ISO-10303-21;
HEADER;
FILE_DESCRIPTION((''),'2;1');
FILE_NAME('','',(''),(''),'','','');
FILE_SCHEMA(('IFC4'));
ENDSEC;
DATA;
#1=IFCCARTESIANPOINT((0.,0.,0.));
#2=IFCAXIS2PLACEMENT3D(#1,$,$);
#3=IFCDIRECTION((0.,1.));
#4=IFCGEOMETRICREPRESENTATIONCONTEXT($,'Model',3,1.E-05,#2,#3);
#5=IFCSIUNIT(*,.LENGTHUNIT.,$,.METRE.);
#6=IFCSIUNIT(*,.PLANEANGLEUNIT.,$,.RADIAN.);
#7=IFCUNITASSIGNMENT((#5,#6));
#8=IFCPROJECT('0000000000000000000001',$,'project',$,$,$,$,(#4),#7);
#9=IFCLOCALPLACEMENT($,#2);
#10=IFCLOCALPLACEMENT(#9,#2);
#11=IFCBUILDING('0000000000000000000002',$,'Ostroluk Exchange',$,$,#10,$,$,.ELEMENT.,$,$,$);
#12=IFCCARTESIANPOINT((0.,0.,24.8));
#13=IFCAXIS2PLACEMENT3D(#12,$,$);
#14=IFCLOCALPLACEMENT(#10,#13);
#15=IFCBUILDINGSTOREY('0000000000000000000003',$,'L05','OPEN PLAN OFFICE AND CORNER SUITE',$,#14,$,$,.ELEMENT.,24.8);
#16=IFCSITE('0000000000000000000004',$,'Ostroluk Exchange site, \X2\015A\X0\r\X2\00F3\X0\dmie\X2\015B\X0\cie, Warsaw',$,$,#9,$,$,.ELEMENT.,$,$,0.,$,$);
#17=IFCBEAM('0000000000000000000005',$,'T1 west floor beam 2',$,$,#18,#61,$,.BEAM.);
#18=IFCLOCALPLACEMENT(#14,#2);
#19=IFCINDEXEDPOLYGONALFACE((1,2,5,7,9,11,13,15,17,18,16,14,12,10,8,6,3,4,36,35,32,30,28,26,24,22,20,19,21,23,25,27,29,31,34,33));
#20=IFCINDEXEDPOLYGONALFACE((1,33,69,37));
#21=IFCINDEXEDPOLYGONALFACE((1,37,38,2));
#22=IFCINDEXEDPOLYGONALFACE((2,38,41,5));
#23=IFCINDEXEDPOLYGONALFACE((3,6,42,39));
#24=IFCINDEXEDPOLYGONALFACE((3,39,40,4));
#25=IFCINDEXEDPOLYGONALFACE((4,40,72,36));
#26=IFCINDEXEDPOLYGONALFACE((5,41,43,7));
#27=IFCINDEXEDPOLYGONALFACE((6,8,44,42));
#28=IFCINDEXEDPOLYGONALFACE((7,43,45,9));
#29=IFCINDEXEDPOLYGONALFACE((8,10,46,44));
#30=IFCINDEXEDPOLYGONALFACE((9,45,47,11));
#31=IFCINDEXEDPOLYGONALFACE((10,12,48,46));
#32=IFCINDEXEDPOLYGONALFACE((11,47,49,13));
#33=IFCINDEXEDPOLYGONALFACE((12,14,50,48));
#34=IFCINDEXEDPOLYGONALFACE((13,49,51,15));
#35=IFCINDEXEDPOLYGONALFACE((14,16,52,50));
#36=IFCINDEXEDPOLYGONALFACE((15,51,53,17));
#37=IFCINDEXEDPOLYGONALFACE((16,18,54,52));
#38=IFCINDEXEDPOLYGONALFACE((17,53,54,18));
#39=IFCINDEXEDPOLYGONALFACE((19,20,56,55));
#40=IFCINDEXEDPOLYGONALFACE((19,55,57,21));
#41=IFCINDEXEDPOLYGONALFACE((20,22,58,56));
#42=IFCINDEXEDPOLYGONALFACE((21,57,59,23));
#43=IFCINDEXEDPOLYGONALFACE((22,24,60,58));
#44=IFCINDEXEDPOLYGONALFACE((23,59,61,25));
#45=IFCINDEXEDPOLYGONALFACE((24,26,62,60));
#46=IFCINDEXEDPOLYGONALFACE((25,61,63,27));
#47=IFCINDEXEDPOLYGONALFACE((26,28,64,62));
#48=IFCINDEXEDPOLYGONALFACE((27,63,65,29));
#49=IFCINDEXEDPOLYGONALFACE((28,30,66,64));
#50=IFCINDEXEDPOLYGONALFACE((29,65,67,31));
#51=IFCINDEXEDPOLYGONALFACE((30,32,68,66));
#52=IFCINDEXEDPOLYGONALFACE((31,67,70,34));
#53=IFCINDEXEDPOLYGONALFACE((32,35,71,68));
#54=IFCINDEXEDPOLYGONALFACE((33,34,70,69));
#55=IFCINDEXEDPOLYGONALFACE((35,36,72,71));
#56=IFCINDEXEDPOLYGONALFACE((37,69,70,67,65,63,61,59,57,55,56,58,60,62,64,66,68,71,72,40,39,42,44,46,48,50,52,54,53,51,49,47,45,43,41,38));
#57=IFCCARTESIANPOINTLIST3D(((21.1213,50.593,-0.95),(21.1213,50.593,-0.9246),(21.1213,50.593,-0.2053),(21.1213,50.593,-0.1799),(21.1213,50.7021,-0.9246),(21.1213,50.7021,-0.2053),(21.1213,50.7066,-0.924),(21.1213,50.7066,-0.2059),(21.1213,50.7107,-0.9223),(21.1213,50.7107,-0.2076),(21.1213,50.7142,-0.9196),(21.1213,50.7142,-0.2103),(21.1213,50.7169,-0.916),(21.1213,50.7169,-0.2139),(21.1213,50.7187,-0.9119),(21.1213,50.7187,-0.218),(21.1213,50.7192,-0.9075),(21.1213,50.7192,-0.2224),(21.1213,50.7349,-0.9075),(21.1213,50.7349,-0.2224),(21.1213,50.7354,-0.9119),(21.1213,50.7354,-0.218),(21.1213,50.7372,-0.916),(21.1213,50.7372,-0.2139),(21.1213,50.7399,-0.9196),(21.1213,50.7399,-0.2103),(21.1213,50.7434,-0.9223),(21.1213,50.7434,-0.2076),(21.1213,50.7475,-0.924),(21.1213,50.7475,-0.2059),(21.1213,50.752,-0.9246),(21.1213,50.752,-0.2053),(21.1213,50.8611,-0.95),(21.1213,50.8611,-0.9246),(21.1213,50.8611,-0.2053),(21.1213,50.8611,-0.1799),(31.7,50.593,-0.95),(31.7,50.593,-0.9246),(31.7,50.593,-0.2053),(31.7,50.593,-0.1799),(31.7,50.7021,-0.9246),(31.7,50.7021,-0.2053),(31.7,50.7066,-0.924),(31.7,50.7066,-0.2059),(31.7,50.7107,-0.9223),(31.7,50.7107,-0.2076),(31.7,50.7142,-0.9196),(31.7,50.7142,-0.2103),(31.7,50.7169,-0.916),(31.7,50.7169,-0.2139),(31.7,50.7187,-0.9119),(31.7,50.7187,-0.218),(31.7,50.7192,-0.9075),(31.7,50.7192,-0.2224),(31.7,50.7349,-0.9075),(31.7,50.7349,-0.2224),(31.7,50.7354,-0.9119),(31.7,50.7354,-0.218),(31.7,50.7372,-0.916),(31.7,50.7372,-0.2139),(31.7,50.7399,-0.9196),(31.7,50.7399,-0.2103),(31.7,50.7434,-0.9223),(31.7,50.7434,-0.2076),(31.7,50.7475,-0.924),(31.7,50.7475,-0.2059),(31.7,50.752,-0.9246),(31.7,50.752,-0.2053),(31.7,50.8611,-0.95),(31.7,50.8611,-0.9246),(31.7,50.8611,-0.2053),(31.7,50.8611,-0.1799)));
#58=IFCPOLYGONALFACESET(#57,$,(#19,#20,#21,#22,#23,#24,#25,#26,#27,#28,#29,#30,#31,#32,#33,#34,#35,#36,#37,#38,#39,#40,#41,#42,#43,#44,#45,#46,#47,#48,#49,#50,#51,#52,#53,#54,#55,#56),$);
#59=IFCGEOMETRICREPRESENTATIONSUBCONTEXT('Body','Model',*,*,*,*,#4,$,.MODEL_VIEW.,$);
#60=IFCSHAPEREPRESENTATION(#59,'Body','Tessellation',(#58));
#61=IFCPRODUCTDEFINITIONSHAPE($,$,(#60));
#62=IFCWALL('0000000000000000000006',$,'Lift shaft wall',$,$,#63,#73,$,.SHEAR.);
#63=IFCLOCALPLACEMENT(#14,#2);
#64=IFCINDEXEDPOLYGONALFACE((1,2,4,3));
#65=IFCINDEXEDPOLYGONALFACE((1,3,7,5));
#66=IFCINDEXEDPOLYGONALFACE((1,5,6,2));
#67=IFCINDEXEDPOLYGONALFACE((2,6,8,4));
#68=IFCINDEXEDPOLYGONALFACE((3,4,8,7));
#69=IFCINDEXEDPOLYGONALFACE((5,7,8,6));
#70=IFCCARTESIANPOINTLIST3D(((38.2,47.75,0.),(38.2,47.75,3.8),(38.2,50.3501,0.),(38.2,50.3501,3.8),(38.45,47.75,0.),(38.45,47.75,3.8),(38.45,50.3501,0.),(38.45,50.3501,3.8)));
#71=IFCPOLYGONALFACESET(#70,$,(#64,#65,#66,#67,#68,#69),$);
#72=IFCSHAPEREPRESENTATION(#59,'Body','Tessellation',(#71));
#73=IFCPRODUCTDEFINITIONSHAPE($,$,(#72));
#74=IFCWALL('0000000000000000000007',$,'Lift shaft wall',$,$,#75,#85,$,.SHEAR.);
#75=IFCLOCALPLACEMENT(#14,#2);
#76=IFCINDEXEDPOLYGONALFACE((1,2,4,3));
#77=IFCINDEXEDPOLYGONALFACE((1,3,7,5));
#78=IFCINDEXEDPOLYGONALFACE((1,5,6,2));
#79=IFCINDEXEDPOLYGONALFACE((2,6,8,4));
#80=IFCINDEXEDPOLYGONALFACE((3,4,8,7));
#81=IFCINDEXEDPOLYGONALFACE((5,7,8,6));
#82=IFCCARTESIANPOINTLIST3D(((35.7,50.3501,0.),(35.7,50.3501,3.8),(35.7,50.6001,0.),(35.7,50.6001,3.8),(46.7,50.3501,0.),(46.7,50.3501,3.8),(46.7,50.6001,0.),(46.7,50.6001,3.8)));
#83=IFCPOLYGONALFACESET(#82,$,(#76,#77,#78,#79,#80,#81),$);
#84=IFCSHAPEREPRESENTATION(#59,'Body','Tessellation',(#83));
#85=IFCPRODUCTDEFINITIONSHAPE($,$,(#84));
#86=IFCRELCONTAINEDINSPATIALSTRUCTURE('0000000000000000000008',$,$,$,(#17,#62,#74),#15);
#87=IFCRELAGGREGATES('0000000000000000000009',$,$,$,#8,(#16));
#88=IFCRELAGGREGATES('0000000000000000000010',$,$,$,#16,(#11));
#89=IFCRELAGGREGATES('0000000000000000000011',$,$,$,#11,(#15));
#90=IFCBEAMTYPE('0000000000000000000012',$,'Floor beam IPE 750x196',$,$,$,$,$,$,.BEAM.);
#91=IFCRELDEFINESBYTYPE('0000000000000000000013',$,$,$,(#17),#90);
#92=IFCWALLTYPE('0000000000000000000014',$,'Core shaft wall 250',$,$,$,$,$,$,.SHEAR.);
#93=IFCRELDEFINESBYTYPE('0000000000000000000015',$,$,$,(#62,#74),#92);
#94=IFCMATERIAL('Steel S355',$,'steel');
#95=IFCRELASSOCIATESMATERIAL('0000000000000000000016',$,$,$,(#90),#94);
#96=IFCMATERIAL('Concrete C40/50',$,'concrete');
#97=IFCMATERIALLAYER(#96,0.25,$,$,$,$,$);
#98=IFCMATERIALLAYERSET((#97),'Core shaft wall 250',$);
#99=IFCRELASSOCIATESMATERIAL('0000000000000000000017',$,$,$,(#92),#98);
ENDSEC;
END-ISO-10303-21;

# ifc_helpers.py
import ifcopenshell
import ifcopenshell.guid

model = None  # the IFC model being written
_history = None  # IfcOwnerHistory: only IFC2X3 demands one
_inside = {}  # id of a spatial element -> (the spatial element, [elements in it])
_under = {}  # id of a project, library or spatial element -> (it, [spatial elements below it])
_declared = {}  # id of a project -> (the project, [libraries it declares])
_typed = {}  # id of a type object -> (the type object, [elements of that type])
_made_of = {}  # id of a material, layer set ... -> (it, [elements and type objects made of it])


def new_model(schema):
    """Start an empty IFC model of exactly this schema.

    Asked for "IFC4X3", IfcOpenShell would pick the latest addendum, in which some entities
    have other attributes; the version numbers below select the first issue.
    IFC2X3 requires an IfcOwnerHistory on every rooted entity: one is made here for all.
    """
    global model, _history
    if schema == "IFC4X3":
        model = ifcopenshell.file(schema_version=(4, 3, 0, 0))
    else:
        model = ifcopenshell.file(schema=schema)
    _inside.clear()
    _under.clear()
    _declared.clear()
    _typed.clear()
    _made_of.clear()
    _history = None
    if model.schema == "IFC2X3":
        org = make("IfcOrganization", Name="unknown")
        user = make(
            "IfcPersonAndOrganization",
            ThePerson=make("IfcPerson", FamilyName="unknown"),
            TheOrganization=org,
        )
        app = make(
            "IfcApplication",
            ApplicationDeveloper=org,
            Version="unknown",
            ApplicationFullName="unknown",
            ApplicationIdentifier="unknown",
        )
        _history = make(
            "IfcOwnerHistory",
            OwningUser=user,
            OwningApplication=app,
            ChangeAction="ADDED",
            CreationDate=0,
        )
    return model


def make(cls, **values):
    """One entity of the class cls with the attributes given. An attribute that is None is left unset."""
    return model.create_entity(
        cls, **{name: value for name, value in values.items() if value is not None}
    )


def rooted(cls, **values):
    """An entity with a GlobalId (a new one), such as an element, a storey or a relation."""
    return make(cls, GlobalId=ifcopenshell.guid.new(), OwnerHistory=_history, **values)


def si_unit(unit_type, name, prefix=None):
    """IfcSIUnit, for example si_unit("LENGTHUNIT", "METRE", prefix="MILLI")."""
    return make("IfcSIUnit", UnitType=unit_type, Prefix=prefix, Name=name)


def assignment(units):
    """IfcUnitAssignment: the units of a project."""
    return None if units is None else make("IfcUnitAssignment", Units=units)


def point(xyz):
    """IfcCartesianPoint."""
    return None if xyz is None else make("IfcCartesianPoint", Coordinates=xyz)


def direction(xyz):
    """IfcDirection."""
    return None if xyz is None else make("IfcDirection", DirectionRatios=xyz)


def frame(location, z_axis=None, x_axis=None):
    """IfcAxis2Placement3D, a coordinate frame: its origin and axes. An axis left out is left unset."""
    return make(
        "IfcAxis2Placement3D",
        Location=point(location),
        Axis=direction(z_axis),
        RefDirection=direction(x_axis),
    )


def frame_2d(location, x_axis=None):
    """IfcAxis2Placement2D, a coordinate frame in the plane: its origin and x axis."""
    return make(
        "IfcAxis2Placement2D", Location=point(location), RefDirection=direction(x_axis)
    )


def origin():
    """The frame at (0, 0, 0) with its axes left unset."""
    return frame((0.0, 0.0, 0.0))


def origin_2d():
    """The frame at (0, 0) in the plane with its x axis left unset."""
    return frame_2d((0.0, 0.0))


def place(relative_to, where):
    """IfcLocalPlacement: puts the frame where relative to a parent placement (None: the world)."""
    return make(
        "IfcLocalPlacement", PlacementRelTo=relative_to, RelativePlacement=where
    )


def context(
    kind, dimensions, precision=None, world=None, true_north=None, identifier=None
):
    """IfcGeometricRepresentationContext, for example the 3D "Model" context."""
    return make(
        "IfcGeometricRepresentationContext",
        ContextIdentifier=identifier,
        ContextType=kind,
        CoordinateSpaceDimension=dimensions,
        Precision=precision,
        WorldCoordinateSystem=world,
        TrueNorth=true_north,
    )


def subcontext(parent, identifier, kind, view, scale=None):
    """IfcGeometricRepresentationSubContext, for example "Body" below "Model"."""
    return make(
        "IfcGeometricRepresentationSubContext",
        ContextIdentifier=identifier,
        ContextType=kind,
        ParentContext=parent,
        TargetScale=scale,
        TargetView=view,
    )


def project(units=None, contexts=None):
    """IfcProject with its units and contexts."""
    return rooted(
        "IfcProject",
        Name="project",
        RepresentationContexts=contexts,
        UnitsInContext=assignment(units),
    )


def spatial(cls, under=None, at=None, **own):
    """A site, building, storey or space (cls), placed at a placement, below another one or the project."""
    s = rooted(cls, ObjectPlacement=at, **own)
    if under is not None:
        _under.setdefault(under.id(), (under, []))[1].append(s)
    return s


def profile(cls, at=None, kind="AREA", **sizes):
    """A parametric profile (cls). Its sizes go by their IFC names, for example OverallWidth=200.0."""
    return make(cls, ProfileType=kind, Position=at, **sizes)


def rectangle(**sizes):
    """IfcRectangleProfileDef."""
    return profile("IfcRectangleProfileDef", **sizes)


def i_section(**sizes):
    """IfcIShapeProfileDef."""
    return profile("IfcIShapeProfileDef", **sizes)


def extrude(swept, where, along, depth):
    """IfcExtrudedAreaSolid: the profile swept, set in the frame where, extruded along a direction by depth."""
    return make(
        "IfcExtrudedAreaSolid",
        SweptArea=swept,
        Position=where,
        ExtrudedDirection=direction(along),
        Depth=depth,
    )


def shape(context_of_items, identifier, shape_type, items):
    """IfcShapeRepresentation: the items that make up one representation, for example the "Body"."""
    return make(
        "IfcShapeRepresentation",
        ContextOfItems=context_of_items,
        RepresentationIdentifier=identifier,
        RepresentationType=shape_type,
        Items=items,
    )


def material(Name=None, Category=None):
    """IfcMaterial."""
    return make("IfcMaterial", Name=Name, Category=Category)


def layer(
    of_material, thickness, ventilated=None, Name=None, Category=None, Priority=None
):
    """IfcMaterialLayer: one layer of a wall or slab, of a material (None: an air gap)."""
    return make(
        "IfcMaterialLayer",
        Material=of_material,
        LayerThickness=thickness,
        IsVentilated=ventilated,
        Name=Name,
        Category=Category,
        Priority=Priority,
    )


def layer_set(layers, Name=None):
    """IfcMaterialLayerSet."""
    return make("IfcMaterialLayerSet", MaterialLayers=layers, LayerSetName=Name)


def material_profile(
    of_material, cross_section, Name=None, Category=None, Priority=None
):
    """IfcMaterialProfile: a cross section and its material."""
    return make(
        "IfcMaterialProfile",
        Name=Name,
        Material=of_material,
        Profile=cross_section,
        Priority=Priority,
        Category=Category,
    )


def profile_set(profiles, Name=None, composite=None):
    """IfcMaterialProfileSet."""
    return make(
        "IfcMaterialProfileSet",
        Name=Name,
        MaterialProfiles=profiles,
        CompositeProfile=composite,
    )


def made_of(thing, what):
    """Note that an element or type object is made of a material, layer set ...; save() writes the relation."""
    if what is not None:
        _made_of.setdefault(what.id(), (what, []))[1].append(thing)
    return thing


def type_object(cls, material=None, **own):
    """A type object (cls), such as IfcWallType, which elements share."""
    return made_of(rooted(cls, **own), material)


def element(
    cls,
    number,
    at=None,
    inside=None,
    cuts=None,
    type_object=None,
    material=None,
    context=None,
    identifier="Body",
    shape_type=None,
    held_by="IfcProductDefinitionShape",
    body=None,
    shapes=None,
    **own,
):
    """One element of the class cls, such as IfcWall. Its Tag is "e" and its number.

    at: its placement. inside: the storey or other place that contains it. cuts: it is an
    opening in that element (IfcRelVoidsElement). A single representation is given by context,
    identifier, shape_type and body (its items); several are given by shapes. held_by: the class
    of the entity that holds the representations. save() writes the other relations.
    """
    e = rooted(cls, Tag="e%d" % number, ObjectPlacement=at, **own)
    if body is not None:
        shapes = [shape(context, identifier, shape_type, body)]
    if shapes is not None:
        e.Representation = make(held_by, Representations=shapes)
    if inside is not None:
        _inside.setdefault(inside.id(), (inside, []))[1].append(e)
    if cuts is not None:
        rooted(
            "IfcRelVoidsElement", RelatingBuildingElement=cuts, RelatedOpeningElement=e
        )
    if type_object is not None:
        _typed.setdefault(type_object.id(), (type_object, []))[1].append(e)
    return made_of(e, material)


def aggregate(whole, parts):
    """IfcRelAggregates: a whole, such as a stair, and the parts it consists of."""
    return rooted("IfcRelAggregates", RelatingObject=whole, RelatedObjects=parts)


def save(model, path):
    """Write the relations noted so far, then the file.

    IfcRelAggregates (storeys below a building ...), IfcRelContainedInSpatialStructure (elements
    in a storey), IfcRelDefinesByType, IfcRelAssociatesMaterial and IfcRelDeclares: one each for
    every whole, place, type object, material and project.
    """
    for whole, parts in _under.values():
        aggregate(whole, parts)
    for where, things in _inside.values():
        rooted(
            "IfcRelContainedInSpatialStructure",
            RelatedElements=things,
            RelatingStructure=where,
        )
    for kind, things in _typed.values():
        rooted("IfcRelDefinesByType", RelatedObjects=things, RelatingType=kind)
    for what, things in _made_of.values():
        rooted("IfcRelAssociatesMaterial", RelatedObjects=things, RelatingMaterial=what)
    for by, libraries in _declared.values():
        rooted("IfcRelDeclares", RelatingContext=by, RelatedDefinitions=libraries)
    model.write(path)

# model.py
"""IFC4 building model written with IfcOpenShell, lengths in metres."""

from ifc_helpers import new_model, si_unit, direction, frame, frame_2d, origin, origin_2d, place, context, subcontext, project, spatial, rectangle, i_section, extrude, material, layer, layer_set, material_profile, profile_set, type_object, element, save


model = new_model("IFC4")

# Units and contexts
model_context = context("Model", 3, precision=1e-05, world=origin(), true_north=direction((0.0, 1.0)))
body_context = subcontext(model_context, "Body", "Model", "MODEL_VIEW")
ifc_project = project(units=[si_unit("LENGTHUNIT", "METRE"), si_unit("PLANEANGLEUNIT", "RADIAN")], contexts=[model_context])

# Site, building, storey
site_placement = place(None, origin())
site = spatial("IfcSite", under=ifc_project, at=site_placement, Name="Ostroluk Exchange site, Śródmieście, Warsaw", CompositionType="ELEMENT", RefElevation=0.0)
building_placement = place(site_placement, origin())
building = spatial("IfcBuilding", under=site, at=building_placement, Name="Ostroluk Exchange", CompositionType="ELEMENT")
storey_placement = place(building_placement, frame((0.0, 0.0, 24.8)))
storey = spatial("IfcBuildingStorey", under=building, at=storey_placement, Name="L05", Description="OPEN PLAN OFFICE AND CORNER SUITE", CompositionType="ELEMENT", Elevation=24.8)

# Beam
ifc_material_1 = material(Name="Steel S355", Category="steel")
ifc_material_profile = material_profile(ifc_material_1, i_section(OverallWidth=0.2681, OverallDepth=0.77, WebThickness=0.0156, FlangeThickness=0.0254, FilletRadius=0.0171, at=origin_2d()), Name="IPE 750x196")
ifc_profile_set = profile_set([ifc_material_profile], Name="Steel S355")
beam_type = type_object("IfcBeamType", Name="Floor beam IPE 750x196", PredefinedType="BEAM", material=ifc_profile_set)
beam_placement = place(storey_placement, frame((31.7, 50.7271, -0.5649), z_axis=(-1.0, 0.0, 0.0), x_axis=(0.0, -1.0, 0.0)))
element("IfcBeam", 1, at=beam_placement, inside=storey, type_object=beam_type, Name="T1 west floor beam 2", PredefinedType="BEAM", context=body_context, shape_type="SweptSolid", body=[
    extrude(i_section(OverallWidth=0.2681, OverallDepth=0.77, WebThickness=0.0156, FlangeThickness=0.0254, FilletRadius=0.0171, at=origin_2d()), origin(), (0.0, 0.0, 1.0), 10.5786),
])

# Walls
ifc_material_2 = material(Name="Concrete C40/50", Category="concrete")
ifc_layer = layer(ifc_material_2, 0.25)
ifc_layer_set = layer_set([ifc_layer], Name="Core shaft wall 250")
wall_type = type_object("IfcWallType", Name="Core shaft wall 250", PredefinedType="SHEAR", material=ifc_layer_set)
wall_1_placement = place(storey_placement, frame((38.325, 47.75, 0.0), z_axis=(0.0, 0.0, 1.0), x_axis=(0.0, 1.0, 0.0)))
element("IfcWall", 2, at=wall_1_placement, inside=storey, type_object=wall_type, Name="Lift shaft wall", PredefinedType="SHEAR", context=body_context, shape_type="SweptSolid", body=[
    extrude(rectangle(XDim=2.6001, YDim=0.25, at=frame_2d((1.3, 0.0))), origin(), (0.0, 0.0, 1.0), 3.8),
])
wall_2_placement = place(storey_placement, frame((35.7, 50.4751, 0.0), z_axis=(0.0, 0.0, 1.0), x_axis=(1.0, 0.0, 0.0)))
element("IfcWall", 3, at=wall_2_placement, inside=storey, type_object=wall_type, Name="Lift shaft wall", PredefinedType="SHEAR", context=body_context, shape_type="SweptSolid", body=[
    extrude(rectangle(XDim=11.0, YDim=0.25, at=frame_2d((5.5, 0.0))), origin(), (0.0, 0.0, 1.0), 3.8),
])

save(model, "model.ifc")
